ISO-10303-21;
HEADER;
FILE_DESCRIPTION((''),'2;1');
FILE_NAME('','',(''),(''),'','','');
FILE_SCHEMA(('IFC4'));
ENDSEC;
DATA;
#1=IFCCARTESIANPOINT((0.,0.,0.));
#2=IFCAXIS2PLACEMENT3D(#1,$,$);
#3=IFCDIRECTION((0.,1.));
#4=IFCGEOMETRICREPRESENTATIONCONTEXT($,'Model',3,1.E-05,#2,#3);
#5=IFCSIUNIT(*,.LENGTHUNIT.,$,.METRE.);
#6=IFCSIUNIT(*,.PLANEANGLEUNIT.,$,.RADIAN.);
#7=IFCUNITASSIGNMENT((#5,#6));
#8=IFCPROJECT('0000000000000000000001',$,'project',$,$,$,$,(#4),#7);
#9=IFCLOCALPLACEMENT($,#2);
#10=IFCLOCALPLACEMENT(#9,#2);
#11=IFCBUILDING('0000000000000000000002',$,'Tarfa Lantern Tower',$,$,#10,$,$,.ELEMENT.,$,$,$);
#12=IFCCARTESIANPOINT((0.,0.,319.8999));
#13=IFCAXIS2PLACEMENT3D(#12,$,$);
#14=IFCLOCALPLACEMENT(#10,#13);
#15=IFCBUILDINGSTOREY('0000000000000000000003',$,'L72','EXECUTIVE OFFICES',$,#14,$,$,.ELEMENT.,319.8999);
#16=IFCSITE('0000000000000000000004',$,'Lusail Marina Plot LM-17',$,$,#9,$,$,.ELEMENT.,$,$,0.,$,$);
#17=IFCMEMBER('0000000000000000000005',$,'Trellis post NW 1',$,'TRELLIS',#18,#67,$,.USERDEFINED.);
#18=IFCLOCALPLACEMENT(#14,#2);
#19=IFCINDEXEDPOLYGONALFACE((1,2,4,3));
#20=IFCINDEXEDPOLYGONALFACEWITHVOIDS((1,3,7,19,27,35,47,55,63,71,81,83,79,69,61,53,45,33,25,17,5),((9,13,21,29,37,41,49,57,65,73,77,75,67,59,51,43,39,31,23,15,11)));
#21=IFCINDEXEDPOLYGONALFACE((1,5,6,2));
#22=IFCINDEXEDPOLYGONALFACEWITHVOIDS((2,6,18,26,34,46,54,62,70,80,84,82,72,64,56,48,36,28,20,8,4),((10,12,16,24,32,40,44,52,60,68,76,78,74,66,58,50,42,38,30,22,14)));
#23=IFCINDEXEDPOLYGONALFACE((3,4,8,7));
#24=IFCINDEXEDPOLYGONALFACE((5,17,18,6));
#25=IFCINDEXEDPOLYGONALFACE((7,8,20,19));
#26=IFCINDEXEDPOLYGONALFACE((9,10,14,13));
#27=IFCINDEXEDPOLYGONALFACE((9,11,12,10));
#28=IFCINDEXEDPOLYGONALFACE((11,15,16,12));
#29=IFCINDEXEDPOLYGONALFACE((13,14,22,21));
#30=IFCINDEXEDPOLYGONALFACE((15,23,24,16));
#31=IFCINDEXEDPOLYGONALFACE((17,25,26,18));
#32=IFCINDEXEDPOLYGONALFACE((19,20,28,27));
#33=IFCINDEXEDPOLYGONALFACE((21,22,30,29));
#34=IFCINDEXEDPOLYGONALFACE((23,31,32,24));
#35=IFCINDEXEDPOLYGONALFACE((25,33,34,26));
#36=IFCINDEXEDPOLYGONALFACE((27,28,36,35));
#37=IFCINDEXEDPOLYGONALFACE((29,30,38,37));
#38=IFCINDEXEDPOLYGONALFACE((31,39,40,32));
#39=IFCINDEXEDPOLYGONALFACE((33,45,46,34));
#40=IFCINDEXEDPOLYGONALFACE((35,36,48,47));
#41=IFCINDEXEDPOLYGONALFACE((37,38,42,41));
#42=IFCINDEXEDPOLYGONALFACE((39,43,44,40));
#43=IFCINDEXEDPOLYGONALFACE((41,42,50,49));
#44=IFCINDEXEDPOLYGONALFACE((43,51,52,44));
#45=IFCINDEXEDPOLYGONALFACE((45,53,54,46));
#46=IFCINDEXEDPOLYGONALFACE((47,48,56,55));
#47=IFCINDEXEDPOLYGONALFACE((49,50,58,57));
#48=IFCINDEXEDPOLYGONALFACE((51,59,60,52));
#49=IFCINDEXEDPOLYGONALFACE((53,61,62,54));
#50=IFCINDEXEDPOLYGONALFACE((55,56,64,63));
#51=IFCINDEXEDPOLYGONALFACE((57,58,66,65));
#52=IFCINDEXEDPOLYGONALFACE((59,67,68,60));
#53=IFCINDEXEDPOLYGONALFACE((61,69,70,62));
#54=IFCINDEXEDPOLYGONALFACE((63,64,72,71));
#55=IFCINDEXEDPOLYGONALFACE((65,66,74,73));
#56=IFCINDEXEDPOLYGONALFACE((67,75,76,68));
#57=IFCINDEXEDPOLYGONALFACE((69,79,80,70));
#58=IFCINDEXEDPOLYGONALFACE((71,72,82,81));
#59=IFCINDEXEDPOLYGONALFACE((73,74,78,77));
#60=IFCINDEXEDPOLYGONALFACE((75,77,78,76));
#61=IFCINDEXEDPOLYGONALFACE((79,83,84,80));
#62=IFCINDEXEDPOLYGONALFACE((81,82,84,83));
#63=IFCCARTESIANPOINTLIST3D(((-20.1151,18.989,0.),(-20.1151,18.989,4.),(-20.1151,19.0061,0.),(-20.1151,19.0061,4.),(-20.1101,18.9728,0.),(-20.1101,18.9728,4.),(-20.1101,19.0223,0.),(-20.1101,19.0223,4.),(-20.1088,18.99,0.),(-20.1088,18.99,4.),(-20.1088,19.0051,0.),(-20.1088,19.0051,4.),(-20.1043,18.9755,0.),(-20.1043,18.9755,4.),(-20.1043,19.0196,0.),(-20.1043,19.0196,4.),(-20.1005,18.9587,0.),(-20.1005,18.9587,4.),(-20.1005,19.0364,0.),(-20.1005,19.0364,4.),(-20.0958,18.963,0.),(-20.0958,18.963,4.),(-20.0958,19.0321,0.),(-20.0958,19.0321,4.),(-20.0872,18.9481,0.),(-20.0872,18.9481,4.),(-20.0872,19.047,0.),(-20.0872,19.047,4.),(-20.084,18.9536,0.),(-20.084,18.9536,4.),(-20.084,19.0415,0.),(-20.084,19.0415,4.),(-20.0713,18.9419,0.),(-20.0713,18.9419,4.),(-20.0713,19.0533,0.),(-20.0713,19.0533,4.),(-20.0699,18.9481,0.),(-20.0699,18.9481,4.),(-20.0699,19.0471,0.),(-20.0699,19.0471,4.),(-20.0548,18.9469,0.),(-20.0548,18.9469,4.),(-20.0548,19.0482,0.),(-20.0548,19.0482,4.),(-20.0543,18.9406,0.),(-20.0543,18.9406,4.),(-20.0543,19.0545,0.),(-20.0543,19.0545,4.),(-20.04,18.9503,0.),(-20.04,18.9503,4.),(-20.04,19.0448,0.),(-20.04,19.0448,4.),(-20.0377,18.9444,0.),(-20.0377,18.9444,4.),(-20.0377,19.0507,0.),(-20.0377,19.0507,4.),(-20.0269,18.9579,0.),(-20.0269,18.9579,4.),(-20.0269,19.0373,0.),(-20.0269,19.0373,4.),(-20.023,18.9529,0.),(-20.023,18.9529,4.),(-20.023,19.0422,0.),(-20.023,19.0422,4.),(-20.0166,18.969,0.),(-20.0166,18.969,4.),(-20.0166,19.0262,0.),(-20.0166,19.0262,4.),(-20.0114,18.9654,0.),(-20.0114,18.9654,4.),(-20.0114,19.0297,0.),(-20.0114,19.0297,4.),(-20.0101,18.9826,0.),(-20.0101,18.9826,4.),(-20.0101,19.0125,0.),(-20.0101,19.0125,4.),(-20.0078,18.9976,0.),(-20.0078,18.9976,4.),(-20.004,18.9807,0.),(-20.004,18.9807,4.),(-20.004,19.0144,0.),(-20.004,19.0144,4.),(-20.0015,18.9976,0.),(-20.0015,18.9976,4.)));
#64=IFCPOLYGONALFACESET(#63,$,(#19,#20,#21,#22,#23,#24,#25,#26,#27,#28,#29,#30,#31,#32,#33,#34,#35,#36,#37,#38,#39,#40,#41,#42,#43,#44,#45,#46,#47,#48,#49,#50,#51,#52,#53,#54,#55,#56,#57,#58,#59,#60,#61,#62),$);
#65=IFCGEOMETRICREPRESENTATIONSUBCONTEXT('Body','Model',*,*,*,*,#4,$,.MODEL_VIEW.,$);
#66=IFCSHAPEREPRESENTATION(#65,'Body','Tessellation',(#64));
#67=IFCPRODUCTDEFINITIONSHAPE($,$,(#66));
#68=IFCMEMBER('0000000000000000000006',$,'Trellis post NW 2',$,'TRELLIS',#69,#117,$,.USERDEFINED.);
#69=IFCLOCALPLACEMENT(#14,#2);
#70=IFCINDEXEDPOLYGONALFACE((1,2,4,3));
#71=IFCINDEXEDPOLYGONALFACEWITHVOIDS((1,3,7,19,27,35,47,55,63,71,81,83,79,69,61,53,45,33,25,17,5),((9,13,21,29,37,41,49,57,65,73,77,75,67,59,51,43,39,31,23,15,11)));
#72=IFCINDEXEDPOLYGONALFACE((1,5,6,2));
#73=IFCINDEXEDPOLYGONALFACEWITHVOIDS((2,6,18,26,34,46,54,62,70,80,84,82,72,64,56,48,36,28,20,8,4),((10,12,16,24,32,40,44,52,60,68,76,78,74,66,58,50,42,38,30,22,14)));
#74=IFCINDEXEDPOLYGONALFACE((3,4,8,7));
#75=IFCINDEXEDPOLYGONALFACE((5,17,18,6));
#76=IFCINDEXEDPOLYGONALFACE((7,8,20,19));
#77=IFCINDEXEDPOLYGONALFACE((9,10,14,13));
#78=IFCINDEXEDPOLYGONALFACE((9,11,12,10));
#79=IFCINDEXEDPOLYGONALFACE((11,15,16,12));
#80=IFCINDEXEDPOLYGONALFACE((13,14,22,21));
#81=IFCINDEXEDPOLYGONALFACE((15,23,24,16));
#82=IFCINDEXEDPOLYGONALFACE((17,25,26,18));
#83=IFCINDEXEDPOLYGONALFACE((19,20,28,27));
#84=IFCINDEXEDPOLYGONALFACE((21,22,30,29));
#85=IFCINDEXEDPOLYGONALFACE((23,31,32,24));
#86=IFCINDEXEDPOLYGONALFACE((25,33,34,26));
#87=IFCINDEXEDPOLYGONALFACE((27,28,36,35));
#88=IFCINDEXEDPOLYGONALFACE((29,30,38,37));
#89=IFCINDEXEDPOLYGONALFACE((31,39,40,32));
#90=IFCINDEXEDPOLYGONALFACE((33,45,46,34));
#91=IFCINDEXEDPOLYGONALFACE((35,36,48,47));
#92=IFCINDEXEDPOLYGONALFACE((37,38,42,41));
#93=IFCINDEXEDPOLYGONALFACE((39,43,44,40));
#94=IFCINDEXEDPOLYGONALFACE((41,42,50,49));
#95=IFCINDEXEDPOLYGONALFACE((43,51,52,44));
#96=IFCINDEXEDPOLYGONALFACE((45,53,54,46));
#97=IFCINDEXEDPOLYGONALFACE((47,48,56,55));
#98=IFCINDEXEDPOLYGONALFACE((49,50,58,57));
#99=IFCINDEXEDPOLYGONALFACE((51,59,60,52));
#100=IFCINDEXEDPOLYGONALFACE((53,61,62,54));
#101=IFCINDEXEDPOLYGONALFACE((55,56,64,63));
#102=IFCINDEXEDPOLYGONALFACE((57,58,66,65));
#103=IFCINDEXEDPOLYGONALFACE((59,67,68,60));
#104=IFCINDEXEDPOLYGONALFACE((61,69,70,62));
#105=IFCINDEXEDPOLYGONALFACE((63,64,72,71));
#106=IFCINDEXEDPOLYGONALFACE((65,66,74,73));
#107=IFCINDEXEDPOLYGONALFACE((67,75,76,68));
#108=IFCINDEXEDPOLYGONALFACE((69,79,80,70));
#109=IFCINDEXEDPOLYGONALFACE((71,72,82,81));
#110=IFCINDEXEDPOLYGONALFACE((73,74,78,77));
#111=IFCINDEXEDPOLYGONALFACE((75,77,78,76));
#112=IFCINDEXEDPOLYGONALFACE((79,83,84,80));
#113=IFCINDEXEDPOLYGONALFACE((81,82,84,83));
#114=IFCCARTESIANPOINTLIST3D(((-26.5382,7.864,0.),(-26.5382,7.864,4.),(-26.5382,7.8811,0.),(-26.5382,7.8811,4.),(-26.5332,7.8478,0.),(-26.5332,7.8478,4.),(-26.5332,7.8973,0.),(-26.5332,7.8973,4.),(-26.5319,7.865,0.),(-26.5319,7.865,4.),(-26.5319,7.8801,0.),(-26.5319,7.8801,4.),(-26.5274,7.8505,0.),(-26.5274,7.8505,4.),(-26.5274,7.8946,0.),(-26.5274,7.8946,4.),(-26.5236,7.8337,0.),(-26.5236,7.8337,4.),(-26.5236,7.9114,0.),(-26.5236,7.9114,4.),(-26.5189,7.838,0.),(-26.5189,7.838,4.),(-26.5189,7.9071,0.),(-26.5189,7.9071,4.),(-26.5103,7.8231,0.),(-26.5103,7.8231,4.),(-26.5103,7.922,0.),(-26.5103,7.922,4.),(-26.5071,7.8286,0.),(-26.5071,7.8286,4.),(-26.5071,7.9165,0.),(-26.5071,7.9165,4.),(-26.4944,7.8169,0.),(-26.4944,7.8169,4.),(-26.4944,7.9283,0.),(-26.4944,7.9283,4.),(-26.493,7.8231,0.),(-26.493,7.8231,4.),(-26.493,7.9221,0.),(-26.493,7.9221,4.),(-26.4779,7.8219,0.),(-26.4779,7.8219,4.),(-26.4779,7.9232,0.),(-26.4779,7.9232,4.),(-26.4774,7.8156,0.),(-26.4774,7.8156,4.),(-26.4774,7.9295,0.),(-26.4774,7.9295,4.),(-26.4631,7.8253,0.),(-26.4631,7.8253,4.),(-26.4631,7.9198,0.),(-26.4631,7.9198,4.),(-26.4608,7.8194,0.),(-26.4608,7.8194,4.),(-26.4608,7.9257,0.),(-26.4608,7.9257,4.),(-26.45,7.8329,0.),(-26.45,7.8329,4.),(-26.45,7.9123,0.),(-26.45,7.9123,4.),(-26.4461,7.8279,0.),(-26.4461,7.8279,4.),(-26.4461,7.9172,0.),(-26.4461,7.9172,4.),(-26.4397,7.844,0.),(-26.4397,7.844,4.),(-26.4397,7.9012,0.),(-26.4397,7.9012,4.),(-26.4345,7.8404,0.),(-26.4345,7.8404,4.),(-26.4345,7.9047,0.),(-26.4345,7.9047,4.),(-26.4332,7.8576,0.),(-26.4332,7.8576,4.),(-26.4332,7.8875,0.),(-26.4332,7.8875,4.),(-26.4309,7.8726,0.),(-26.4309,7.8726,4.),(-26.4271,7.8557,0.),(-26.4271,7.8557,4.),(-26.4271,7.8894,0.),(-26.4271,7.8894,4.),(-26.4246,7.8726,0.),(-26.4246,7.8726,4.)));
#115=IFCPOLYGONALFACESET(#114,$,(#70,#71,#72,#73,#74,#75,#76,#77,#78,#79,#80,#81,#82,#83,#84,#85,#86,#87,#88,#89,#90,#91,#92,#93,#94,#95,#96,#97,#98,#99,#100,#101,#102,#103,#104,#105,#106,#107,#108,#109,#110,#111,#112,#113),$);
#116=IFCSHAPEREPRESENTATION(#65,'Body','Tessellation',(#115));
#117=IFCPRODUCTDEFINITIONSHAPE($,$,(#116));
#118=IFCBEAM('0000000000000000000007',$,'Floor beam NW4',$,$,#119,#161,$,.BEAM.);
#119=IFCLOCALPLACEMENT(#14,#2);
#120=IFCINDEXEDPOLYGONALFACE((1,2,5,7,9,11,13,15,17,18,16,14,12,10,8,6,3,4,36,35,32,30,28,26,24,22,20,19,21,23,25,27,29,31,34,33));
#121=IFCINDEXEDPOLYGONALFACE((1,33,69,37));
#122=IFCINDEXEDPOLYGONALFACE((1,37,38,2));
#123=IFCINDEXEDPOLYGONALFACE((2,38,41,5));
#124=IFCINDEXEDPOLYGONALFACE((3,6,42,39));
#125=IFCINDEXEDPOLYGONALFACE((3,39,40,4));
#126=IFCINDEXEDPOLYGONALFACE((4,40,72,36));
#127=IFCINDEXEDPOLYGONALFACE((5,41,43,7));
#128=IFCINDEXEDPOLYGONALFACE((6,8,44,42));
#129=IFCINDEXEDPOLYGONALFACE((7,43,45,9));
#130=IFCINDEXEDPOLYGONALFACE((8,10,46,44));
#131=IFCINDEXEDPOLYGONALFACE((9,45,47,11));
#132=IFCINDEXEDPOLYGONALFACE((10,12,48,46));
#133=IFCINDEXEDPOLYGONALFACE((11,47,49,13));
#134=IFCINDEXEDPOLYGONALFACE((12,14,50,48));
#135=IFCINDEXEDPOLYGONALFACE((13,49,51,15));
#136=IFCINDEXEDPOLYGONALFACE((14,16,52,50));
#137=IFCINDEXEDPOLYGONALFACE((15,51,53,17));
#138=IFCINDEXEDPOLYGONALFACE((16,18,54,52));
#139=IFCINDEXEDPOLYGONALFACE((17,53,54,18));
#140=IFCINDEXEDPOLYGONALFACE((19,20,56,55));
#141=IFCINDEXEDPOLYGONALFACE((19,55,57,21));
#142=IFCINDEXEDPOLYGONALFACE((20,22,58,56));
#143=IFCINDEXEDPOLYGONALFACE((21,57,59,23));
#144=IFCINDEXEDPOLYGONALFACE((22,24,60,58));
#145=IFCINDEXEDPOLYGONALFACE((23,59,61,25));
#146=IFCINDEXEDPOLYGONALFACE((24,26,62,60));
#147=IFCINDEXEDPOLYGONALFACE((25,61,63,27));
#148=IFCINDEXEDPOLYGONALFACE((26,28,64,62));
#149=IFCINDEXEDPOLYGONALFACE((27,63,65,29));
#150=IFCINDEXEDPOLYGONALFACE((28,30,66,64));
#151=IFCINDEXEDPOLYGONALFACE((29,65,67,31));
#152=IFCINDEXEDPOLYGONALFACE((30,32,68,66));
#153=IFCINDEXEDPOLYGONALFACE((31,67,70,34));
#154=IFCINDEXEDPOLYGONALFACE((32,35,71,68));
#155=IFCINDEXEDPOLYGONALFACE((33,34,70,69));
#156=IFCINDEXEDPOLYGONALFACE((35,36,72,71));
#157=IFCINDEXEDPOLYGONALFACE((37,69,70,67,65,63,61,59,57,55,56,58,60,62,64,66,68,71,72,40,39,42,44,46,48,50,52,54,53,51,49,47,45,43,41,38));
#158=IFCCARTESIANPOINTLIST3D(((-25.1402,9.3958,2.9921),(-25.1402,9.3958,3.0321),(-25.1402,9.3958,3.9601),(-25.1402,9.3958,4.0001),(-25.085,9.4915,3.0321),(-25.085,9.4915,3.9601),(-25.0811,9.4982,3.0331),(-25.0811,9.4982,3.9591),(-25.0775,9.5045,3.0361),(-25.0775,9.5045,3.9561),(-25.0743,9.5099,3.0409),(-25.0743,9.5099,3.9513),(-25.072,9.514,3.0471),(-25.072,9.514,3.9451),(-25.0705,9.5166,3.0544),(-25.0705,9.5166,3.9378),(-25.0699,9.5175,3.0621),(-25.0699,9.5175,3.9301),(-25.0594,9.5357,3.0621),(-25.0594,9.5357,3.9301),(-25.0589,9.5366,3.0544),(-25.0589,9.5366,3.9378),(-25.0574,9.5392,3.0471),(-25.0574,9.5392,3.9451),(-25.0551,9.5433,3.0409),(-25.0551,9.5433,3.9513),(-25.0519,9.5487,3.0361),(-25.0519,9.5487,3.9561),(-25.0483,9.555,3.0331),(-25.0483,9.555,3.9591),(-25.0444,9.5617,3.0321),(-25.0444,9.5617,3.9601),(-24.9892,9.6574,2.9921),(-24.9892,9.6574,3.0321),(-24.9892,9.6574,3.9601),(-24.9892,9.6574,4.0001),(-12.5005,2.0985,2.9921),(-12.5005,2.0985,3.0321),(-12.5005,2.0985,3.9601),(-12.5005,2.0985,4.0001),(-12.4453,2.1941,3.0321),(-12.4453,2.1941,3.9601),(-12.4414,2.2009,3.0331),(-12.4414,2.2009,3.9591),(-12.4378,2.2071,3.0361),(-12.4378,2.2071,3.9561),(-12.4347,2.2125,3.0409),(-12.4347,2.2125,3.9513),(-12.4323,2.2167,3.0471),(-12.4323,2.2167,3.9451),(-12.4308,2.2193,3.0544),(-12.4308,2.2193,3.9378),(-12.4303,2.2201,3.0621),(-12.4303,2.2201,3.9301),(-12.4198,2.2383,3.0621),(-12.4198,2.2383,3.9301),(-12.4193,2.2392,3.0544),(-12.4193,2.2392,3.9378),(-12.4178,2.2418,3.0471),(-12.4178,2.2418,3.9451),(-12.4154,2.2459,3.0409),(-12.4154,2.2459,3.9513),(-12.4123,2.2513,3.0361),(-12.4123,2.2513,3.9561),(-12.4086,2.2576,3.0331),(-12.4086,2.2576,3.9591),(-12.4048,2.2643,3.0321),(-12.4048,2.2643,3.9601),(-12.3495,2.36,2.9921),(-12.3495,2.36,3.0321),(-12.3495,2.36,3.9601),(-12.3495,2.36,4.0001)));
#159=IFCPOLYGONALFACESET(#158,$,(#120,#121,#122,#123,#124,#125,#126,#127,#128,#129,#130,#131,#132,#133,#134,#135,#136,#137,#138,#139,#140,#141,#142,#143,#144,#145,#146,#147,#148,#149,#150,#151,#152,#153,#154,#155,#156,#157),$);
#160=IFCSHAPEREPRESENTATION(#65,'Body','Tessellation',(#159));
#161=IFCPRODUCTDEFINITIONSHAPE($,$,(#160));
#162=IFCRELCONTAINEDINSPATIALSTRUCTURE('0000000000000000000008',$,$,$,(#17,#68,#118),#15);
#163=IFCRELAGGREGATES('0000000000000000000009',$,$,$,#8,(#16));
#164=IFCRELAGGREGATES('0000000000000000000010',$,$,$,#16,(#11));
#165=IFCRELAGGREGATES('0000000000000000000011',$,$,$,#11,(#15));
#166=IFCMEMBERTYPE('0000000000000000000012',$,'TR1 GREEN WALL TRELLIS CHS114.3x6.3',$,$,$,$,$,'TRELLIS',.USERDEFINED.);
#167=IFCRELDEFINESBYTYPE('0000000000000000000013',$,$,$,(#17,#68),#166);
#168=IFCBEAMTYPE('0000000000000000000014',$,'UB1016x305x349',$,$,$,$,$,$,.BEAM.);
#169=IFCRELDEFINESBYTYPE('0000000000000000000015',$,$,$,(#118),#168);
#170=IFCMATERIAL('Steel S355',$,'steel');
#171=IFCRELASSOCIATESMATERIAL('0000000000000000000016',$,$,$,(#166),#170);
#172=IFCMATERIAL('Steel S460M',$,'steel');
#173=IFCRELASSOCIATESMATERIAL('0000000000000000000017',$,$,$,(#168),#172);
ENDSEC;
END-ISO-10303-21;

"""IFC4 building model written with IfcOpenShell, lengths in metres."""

from ifc_helpers import new_model, si_unit, direction, frame, origin, origin_2d, place, context, subcontext, project, spatial, hollow_circle, i_section, extrude, material, material_profile, profile_set, type_object, element, save


model = new_model("IFC4")

# Units and contexts
model_context = context("Model", 3, precision=1e-05, world=origin(), true_north=direction((0.0, 1.0)))
body_context = subcontext(model_context, "Body", "Model", "MODEL_VIEW")
ifc_project = project(units=[si_unit("LENGTHUNIT", "METRE"), si_unit("PLANEANGLEUNIT", "RADIAN")], contexts=[model_context])

# Site, building, storey
site_placement = place(None, origin())
site = spatial("IfcSite", under=ifc_project, at=site_placement, Name="Lusail Marina Plot LM-17", CompositionType="ELEMENT", RefElevation=0.0)
building_placement = place(site_placement, origin())
building = spatial("IfcBuilding", under=site, at=building_placement, Name="Tarfa Lantern Tower", CompositionType="ELEMENT")
storey_placement = place(building_placement, frame((0.0, 0.0, 319.8999)))
storey = spatial("IfcBuildingStorey", under=building, at=storey_placement, Name="L72", Description="EXECUTIVE OFFICES", CompositionType="ELEMENT", Elevation=319.8999)

# Members
ifc_material_1 = material(Name="Steel S355", Category="steel")
ifc_material_profile_1 = material_profile(ifc_material_1, hollow_circle(Radius=0.0571, WallThickness=0.0063, at=origin_2d()), Name="CHS114.3x6.3")
ifc_profile_set_1 = profile_set([ifc_material_profile_1], Name="Steel S355")
member_type_1 = type_object("IfcMemberType", Name="TR1 GREEN WALL TRELLIS CHS114.3x6.3", ElementType="TRELLIS", PredefinedType="USERDEFINED", material=ifc_profile_set_1)
for number, where, z_axis, x_axis, name in (
    (1, (-20.0586, 18.9976, 0.0), (0.0, 0.0, 1.0), (1.0, 0.0, 0.0), "Trellis post NW 1"),
    (2, (-26.4817, 7.8726, 0.0), (0.0, 0.0, 1.0), (1.0, 0.0, 0.0), "Trellis post NW 2"),
):
    element("IfcMember", number, at=place(storey_placement, frame(where, z_axis=z_axis, x_axis=x_axis)), inside=storey, type_object=member_type_1, Name=name, ObjectType="TRELLIS", PredefinedType="USERDEFINED", context=body_context, shape_type="SweptSolid", body=[
        extrude(hollow_circle(Radius=0.0571, WallThickness=0.0063, at=origin_2d()), origin(), (0.0, 0.0, 1.0), 4.0),
    ])

# Beam
ifc_material_2 = material(Name="Steel S460M", Category="steel")
ifc_material_profile_2 = material_profile(ifc_material_2, i_section(OverallWidth=0.302, OverallDepth=1.0081, WebThickness=0.021, FlangeThickness=0.04, FilletRadius=0.03, at=origin_2d()), Name="UB1016x305x349")
ifc_profile_set_2 = profile_set([ifc_material_profile_2], Name="Steel S460M")
beam_type_1 = type_object("IfcBeamType", Name="UB1016x305x349", PredefinedType="BEAM", material=ifc_profile_set_2)
beam_1_placement = place(storey_placement, frame((-25.0647, 9.5266, 3.4961), z_axis=(0.86603, -0.499993, 0.0), x_axis=(0.499993, 0.86603, 0.0)))
element("IfcBeam", 3, at=beam_1_placement, inside=storey, type_object=beam_type_1, Name="Floor beam NW4", PredefinedType="BEAM", context=body_context, shape_type="SweptSolid", body=[
    extrude(i_section(OverallWidth=0.302, OverallDepth=1.0081, WebThickness=0.021, FlangeThickness=0.04, FilletRadius=0.03, at=origin_2d()), origin(), (0.0, 0.0, 1.0), 14.595),
])

save(model, "model.ifc")
